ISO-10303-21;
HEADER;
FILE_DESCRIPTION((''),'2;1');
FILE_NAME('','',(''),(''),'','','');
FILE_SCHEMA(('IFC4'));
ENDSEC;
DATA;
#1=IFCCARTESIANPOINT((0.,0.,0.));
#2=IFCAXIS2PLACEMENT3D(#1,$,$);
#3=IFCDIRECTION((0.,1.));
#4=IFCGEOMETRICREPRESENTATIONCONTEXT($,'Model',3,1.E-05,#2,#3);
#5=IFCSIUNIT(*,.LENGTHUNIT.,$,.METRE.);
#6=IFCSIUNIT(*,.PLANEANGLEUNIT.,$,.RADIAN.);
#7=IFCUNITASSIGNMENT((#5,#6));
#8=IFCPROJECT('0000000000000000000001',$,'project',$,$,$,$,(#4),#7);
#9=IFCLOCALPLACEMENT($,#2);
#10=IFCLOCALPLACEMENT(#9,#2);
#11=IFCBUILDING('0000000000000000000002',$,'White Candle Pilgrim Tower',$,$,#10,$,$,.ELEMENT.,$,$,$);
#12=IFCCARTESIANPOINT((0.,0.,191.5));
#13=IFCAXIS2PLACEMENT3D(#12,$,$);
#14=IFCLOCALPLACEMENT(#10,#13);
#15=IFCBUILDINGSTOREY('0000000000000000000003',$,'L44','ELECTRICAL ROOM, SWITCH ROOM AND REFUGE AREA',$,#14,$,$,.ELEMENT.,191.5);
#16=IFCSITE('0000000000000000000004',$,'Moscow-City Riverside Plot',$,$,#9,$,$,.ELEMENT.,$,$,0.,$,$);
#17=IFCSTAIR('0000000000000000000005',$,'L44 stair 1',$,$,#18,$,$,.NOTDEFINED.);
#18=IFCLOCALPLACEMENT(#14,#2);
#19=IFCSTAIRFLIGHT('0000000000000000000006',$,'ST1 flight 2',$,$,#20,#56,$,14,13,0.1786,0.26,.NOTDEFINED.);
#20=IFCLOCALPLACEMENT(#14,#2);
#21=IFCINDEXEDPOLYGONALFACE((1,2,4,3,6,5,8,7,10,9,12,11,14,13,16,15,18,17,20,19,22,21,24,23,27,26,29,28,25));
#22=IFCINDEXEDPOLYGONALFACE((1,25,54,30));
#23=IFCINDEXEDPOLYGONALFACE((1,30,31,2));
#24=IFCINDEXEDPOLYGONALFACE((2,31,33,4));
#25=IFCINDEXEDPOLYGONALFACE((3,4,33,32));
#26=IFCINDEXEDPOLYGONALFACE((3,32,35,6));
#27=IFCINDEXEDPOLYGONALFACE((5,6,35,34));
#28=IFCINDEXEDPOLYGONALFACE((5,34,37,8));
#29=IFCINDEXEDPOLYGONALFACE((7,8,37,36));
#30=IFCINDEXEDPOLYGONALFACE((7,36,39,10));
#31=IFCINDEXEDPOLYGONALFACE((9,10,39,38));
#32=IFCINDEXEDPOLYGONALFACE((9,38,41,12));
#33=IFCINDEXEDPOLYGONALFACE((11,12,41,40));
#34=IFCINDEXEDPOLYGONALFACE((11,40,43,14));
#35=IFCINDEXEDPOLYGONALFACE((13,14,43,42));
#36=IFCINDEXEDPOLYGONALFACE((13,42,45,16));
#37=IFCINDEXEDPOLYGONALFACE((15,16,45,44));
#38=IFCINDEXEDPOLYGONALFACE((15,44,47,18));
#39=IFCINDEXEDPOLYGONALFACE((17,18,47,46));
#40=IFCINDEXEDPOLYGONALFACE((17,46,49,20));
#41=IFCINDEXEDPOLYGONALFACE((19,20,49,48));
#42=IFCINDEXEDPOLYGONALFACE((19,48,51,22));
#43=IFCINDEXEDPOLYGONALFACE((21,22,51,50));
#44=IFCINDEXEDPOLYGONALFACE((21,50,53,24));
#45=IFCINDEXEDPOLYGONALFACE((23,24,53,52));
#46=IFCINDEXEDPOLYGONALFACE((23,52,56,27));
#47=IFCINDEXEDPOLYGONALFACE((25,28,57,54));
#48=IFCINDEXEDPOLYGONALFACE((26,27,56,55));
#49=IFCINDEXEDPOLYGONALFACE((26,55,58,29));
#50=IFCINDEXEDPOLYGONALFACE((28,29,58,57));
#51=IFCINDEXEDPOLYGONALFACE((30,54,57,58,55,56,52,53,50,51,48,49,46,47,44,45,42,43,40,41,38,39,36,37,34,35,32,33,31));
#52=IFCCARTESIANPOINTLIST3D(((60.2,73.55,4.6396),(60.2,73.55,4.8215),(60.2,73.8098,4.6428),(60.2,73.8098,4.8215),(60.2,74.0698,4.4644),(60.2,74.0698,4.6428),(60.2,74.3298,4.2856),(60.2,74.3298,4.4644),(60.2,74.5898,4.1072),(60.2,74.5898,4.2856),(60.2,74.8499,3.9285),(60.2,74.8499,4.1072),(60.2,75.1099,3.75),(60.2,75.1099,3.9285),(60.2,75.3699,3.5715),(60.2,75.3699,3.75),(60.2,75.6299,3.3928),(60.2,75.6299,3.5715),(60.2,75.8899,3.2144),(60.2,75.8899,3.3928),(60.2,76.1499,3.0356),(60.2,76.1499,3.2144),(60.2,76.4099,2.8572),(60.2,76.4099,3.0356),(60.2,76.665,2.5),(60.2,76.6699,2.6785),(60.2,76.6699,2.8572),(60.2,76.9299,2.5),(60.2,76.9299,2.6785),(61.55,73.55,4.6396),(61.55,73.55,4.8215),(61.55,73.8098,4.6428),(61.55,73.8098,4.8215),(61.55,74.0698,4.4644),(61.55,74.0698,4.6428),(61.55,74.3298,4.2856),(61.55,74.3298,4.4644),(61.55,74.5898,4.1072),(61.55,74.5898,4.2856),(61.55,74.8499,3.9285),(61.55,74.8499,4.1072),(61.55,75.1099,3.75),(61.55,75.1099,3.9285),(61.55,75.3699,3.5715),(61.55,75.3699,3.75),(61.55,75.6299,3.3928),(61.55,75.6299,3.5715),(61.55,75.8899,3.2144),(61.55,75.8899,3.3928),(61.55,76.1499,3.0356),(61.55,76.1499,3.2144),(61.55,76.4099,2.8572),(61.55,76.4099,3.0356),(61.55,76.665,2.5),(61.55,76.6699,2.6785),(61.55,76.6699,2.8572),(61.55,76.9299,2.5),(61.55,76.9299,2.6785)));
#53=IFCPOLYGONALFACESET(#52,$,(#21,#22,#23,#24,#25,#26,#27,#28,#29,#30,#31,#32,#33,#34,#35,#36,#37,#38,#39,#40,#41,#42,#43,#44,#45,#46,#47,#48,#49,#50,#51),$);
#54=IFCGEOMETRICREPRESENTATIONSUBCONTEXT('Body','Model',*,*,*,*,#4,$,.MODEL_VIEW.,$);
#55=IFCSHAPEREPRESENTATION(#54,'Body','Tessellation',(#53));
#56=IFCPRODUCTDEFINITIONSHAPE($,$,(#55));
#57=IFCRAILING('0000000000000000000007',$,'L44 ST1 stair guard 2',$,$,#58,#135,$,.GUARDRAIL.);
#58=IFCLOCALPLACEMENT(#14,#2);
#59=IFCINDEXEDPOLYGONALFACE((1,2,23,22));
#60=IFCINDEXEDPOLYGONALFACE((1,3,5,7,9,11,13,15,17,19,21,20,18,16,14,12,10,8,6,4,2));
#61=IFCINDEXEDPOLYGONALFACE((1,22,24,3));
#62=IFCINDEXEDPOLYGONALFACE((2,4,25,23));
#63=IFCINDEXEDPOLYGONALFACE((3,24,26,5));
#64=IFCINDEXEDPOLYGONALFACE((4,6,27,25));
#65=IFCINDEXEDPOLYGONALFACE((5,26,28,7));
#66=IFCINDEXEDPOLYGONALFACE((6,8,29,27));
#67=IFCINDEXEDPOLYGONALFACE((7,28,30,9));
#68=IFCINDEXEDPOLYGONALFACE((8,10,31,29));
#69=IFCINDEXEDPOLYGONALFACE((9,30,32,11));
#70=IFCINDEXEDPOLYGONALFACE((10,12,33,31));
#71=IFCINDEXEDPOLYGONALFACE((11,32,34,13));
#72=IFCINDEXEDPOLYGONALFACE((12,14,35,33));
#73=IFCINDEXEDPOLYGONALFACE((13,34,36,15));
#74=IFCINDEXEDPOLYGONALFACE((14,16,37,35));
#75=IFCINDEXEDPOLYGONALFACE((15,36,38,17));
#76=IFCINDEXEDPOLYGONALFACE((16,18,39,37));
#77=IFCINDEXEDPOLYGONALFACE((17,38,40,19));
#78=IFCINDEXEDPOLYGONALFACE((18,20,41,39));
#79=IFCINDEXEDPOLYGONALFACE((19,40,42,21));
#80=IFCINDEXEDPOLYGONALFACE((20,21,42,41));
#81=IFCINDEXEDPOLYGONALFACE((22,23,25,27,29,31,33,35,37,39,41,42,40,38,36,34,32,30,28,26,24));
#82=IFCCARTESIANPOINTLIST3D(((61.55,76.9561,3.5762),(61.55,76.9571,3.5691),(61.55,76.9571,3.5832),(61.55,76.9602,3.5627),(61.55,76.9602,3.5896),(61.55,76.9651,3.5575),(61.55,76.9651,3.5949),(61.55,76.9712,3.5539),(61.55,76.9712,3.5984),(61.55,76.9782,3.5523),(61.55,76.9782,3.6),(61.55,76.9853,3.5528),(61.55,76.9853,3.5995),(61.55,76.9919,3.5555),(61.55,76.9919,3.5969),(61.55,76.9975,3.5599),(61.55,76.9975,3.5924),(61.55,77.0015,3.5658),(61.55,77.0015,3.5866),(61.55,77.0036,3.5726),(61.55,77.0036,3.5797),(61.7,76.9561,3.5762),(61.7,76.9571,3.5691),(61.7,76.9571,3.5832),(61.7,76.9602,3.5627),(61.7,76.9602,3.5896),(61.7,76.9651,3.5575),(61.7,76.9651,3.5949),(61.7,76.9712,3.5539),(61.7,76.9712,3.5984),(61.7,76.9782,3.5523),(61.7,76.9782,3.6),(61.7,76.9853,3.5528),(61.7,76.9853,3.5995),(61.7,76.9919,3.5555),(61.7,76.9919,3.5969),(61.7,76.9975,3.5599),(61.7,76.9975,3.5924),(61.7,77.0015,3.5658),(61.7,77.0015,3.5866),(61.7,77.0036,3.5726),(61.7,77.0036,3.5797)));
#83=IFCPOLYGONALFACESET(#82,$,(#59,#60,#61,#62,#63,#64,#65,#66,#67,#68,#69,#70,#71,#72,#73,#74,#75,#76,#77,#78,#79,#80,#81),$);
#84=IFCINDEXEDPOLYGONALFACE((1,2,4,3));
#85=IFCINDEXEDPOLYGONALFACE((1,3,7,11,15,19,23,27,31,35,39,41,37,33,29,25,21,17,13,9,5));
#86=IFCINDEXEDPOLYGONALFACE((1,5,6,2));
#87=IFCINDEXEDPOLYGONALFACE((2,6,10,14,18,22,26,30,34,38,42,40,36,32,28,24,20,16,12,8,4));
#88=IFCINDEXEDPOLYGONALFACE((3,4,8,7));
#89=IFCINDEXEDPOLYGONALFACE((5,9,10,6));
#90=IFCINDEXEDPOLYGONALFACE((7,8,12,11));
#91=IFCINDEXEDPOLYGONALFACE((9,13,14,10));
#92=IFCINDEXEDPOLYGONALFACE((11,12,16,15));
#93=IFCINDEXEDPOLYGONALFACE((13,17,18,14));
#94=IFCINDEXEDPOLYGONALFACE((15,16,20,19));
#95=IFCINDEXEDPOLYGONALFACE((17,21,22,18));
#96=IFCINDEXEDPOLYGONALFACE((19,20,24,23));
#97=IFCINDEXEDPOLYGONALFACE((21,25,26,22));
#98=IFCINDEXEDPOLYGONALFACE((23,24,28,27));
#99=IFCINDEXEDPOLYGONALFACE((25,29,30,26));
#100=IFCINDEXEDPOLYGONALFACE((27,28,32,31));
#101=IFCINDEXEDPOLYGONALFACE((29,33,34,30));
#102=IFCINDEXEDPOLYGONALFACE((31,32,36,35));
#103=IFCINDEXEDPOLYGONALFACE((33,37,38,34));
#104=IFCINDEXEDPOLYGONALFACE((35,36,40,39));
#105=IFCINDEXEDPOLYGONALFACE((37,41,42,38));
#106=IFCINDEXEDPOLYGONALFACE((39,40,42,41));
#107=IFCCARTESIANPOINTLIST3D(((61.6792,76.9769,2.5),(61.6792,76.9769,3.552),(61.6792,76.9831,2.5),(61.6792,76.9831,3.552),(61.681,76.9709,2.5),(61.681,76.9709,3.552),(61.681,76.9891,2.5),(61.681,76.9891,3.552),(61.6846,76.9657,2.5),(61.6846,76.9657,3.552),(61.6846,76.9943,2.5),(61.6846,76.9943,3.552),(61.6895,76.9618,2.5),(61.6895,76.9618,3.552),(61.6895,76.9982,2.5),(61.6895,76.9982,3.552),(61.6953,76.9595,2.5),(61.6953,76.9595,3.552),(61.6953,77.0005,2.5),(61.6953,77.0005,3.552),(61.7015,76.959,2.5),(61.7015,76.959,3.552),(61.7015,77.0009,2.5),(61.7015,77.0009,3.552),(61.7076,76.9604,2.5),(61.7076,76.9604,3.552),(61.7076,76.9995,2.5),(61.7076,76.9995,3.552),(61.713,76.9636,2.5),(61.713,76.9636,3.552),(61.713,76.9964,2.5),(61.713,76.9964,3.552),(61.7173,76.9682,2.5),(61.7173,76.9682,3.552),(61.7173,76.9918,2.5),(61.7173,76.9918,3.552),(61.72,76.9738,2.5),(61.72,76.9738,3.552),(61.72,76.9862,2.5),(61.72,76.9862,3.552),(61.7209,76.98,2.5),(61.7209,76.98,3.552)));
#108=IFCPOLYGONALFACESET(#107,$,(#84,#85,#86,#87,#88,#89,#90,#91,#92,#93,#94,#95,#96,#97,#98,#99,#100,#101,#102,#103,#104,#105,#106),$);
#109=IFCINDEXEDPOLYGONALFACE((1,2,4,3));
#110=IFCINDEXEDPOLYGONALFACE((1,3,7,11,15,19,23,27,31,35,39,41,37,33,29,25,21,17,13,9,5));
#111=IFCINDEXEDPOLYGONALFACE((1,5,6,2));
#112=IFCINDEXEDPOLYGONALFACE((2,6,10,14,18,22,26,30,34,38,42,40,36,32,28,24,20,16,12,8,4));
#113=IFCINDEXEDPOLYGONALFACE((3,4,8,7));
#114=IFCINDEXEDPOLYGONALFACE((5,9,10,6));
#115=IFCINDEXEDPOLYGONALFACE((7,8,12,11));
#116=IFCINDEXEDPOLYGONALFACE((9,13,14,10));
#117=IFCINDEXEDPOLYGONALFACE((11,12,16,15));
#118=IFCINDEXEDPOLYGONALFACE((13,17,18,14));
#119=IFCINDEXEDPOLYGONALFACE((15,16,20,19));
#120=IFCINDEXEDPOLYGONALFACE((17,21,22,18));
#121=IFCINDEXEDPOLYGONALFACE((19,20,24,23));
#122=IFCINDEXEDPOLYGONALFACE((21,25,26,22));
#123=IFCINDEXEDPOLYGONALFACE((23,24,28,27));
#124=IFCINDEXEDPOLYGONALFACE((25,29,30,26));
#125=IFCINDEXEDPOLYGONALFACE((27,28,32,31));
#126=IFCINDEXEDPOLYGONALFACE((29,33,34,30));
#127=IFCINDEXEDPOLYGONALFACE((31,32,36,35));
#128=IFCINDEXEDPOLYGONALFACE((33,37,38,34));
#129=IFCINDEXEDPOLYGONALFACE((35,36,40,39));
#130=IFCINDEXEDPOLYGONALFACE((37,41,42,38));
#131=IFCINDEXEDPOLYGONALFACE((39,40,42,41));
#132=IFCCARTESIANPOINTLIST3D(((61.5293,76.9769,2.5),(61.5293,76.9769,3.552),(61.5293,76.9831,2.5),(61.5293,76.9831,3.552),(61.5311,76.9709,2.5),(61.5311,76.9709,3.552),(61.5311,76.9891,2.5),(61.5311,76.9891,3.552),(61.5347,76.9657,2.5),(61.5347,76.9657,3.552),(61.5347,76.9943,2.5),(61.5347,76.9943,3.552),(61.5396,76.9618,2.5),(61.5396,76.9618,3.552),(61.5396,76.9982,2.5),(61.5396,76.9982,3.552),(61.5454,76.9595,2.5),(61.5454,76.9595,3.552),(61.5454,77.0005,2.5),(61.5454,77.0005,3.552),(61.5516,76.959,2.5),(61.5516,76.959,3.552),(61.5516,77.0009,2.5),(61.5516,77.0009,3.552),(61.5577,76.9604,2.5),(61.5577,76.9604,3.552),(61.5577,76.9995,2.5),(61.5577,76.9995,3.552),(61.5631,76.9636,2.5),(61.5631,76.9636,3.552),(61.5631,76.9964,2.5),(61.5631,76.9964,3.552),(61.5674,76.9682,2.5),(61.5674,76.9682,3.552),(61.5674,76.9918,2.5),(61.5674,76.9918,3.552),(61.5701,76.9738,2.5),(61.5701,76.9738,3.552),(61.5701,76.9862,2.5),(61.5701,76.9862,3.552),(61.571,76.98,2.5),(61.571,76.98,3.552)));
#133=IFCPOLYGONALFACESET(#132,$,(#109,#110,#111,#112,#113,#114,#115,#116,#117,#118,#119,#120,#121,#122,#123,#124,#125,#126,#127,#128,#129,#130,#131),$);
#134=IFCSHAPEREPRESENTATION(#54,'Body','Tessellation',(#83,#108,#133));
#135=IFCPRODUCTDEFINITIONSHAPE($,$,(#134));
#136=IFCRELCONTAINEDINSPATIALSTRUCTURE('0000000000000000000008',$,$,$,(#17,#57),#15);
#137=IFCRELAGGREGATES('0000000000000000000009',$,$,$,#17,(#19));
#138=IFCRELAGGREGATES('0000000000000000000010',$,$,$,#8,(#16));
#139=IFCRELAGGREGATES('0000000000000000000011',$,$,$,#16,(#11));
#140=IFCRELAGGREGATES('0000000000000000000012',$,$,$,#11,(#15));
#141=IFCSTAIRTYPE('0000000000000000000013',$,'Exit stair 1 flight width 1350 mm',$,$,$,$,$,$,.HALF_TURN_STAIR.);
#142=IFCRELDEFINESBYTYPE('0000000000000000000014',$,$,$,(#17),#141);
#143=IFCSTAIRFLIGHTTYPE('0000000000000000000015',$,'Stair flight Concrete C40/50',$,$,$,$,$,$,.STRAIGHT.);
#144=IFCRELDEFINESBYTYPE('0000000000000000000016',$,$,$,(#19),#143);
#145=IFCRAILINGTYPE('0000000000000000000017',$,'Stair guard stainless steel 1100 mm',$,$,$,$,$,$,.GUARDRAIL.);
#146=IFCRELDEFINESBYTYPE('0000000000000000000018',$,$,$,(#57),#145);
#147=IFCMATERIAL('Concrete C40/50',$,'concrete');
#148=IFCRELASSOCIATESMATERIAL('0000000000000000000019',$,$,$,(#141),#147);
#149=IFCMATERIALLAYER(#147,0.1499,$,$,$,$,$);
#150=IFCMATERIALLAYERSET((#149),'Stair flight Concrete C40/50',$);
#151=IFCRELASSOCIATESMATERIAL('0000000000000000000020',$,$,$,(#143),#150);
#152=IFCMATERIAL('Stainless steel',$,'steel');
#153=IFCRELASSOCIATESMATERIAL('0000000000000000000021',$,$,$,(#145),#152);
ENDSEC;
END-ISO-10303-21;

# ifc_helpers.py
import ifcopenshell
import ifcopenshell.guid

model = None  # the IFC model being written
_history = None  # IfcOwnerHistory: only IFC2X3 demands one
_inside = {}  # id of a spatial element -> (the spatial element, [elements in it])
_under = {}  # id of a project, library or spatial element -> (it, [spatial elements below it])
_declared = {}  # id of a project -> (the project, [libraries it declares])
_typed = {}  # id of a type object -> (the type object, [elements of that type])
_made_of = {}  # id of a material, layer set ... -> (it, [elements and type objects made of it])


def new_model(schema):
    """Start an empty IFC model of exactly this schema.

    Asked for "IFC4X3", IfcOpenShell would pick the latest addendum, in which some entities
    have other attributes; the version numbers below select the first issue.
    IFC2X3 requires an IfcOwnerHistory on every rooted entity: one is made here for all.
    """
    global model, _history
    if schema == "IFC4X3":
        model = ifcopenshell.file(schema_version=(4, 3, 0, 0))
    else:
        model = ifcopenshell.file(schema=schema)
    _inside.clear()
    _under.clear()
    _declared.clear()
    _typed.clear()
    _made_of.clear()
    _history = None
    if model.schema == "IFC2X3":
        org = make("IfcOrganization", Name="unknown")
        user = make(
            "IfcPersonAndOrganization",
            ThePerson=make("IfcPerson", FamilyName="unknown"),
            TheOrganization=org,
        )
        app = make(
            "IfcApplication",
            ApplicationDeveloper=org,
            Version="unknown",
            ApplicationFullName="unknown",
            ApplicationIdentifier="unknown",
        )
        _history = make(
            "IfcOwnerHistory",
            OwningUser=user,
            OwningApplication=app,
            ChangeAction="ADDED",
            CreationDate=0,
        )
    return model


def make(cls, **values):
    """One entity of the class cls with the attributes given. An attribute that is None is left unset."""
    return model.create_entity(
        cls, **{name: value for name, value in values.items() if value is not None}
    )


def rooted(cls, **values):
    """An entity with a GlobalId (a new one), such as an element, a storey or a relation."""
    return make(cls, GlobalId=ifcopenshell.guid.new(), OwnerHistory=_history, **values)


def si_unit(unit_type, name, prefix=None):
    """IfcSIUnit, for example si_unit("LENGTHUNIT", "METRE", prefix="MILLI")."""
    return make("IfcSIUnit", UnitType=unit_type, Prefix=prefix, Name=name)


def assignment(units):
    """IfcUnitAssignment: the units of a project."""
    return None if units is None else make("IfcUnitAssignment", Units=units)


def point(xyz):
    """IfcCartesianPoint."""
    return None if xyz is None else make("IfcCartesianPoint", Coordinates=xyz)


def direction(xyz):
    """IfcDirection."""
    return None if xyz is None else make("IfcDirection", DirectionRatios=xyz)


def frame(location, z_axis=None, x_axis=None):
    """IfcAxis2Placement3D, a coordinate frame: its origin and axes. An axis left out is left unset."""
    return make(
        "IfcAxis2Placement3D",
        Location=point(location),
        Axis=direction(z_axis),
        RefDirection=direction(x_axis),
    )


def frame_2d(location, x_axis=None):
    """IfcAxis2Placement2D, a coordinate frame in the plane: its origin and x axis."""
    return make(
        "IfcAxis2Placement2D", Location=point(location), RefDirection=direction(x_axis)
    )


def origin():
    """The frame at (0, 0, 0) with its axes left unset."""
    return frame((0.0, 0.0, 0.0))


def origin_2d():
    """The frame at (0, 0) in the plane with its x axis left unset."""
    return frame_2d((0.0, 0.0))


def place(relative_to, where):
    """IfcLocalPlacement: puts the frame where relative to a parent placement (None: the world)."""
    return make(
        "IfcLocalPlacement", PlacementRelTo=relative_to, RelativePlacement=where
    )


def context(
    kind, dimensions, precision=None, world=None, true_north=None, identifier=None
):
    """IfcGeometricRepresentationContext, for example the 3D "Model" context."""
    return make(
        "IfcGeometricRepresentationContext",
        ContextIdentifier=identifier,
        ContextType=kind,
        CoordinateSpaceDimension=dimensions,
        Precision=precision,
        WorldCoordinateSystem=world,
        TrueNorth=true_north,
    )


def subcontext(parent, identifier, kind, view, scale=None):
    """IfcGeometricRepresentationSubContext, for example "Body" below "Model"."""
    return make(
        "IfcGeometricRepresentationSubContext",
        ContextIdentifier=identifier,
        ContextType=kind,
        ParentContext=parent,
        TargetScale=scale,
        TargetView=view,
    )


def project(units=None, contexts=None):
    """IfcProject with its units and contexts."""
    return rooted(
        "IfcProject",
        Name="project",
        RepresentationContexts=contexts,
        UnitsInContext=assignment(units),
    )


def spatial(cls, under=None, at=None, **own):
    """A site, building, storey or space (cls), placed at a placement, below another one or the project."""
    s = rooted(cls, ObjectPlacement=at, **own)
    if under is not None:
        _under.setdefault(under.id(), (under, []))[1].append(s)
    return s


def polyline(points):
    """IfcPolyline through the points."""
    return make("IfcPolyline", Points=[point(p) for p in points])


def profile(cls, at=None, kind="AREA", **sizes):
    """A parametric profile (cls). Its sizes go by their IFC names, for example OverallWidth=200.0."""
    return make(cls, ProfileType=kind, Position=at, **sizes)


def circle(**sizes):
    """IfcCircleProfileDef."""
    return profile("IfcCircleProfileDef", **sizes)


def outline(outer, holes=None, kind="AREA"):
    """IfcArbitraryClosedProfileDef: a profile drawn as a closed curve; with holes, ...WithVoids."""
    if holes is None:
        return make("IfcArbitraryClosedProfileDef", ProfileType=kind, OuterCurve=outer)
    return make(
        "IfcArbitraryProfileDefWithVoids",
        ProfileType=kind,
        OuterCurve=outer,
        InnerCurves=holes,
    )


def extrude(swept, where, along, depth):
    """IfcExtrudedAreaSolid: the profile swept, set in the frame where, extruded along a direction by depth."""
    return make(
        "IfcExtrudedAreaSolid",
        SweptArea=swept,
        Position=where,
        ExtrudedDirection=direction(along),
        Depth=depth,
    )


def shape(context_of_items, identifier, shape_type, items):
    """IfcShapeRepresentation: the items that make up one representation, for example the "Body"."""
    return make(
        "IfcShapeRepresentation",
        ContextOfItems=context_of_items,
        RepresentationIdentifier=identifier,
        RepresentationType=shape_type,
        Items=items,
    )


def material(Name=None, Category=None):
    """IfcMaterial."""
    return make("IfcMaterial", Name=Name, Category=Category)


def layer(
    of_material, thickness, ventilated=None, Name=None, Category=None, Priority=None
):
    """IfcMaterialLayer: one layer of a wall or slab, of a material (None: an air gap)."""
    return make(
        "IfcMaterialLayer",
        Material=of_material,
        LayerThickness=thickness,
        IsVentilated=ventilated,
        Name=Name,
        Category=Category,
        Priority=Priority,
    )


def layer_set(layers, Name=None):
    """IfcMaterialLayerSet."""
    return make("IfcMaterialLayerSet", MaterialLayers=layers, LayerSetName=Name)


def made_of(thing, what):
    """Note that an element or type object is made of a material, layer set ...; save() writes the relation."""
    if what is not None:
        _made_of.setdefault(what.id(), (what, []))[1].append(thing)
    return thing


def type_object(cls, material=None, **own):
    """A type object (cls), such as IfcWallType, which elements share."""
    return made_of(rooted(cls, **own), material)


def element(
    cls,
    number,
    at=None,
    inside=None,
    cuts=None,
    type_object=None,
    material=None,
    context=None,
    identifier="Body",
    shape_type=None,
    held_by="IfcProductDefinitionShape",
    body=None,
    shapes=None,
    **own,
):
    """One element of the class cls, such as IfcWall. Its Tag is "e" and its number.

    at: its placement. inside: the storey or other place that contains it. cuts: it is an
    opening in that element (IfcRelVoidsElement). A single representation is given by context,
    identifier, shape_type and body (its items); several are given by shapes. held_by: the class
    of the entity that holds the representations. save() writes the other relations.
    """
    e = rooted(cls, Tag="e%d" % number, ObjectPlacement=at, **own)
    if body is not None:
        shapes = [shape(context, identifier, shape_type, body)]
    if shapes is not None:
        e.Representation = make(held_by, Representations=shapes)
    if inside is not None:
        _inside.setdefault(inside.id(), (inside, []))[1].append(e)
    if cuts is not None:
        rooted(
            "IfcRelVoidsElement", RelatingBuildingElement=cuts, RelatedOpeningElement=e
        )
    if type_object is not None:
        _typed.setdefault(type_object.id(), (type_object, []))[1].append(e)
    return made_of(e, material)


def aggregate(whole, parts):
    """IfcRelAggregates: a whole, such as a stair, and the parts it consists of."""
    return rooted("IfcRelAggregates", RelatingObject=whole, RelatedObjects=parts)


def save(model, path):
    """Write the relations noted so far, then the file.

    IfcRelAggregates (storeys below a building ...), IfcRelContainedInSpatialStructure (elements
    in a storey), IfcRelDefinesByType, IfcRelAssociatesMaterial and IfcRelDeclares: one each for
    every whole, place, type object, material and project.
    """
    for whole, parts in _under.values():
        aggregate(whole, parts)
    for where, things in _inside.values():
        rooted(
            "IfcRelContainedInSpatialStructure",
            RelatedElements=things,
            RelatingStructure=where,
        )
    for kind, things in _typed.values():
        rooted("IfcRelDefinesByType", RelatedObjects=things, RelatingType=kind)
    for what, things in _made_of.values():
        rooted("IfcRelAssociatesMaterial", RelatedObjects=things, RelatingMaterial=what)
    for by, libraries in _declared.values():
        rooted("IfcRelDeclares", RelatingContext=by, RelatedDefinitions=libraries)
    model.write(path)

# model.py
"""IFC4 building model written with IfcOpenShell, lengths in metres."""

from ifc_helpers import new_model, si_unit, direction, frame, origin, origin_2d, place, context, subcontext, project, spatial, polyline, circle, outline, extrude, material, layer, layer_set, type_object, element, aggregate, save


model = new_model("IFC4")

# Units and contexts
model_context = context("Model", 3, precision=1e-05, world=origin(), true_north=direction((0.0, 1.0)))
body_context = subcontext(model_context, "Body", "Model", "MODEL_VIEW")
ifc_project = project(units=[si_unit("LENGTHUNIT", "METRE"), si_unit("PLANEANGLEUNIT", "RADIAN")], contexts=[model_context])

# Site, building, storey
site_placement = place(None, origin())
site = spatial("IfcSite", under=ifc_project, at=site_placement, Name="Moscow-City Riverside Plot", CompositionType="ELEMENT", RefElevation=0.0)
building_placement = place(site_placement, origin())
building = spatial("IfcBuilding", under=site, at=building_placement, Name="White Candle Pilgrim Tower", CompositionType="ELEMENT")
storey_placement = place(building_placement, frame((0.0, 0.0, 191.5)))
storey = spatial("IfcBuildingStorey", under=building, at=storey_placement, Name="L44", Description="ELECTRICAL ROOM, SWITCH ROOM AND REFUGE AREA", CompositionType="ELEMENT", Elevation=191.5)

# Shared definitions
ifc_material_1 = material(Name="Stainless steel", Category="steel")

# Stair, stair flight
ifc_material_2 = material(Name="Concrete C40/50", Category="concrete")
stair_type = type_object("IfcStairType", Name="Exit stair 1 flight width 1350 mm", PredefinedType="HALF_TURN_STAIR", material=ifc_material_2)
stair_placement = place(storey_placement, origin())
stair = element("IfcStair", 1, at=stair_placement, inside=storey, type_object=stair_type, Name="L44 stair 1", PredefinedType="NOTDEFINED")
ifc_layer_1 = layer(ifc_material_2, 0.1499)
ifc_layer_set_1 = layer_set([ifc_layer_1], Name="Stair flight Concrete C40/50")
stair_flight_type = type_object("IfcStairFlightType", Name="Stair flight Concrete C40/50", PredefinedType="STRAIGHT", material=ifc_layer_set_1)
stair_flight_placement = place(storey_placement, frame((60.875, 76.9299, 2.5), z_axis=(0.0, 0.0, 1.0), x_axis=(0.0, -1.0, 0.0)))
stair_flight = element("IfcStairFlight", 2, at=stair_flight_placement, type_object=stair_flight_type, Name="ST1 flight 2", NumberOfRisers=14, NumberOfTreads=13, PredefinedType="NOTDEFINED", RiserHeight=0.1786, TreadLength=0.26, context=body_context, shape_type="SweptSolid", body=[
    extrude(outline(polyline([(0.0, 0.0), (0.0, 0.1785), (0.26, 0.1785), (0.26, 0.3572), (0.52, 0.3572), (0.52, 0.5356), (0.78, 0.5356), (0.78, 0.7144), (1.04, 0.7144), (1.04, 0.8928), (1.3, 0.8928), (1.3, 1.0715), (1.5601, 1.0715), (1.5601, 1.25), (1.8201, 1.25), (1.8201, 1.4285), (2.0801, 1.4285), (2.0801, 1.6072), (2.3401, 1.6072), (2.3401, 1.7856), (2.6001, 1.7856), (2.6001, 1.9644), (2.8601, 1.9644), (2.8601, 2.1428), (3.1201, 2.1428), (3.1201, 2.3215), (3.3799, 2.3215), (3.3799, 2.5), (3.3799, 2.1396), (0.2649, 0.0), (0.0, 0.0)])), frame((0.0, 0.675, 0.0), z_axis=(0.0, -1.0, 0.0), x_axis=(1.0, 0.0, 0.0)), (0.0, 0.0, 1.0), 1.3501),
])
aggregate(stair, [stair_flight])

# Railing
railing_type_1 = type_object("IfcRailingType", Name="Stair guard stainless steel 1100 mm", PredefinedType="GUARDRAIL", material=ifc_material_1)
railing_1_placement = place(storey_placement, frame((61.7, 76.98, 2.5)))
element("IfcRailing", 3, at=railing_1_placement, inside=storey, type_object=railing_type_1, Name="L44 ST1 stair guard 2", PredefinedType="GUARDRAIL", context=body_context, shape_type="SweptSolid", body=[
    extrude(circle(Radius=0.0239, at=origin_2d()), frame((0.0, 0.0, 1.0762), z_axis=(-1.0, 0.0, 0.0), x_axis=(0.0, -1.0, 0.0)), (0.0, 0.0, 1.0), 0.1499),
    extrude(circle(Radius=0.021, at=origin_2d()), origin(), (0.0, 0.0, 1.0), 1.052),
    extrude(circle(Radius=0.021, at=origin_2d()), frame((-0.1499, 0.0, 0.0)), (0.0, 0.0, 1.0), 1.052),
])

save(model, "model.ifc")
